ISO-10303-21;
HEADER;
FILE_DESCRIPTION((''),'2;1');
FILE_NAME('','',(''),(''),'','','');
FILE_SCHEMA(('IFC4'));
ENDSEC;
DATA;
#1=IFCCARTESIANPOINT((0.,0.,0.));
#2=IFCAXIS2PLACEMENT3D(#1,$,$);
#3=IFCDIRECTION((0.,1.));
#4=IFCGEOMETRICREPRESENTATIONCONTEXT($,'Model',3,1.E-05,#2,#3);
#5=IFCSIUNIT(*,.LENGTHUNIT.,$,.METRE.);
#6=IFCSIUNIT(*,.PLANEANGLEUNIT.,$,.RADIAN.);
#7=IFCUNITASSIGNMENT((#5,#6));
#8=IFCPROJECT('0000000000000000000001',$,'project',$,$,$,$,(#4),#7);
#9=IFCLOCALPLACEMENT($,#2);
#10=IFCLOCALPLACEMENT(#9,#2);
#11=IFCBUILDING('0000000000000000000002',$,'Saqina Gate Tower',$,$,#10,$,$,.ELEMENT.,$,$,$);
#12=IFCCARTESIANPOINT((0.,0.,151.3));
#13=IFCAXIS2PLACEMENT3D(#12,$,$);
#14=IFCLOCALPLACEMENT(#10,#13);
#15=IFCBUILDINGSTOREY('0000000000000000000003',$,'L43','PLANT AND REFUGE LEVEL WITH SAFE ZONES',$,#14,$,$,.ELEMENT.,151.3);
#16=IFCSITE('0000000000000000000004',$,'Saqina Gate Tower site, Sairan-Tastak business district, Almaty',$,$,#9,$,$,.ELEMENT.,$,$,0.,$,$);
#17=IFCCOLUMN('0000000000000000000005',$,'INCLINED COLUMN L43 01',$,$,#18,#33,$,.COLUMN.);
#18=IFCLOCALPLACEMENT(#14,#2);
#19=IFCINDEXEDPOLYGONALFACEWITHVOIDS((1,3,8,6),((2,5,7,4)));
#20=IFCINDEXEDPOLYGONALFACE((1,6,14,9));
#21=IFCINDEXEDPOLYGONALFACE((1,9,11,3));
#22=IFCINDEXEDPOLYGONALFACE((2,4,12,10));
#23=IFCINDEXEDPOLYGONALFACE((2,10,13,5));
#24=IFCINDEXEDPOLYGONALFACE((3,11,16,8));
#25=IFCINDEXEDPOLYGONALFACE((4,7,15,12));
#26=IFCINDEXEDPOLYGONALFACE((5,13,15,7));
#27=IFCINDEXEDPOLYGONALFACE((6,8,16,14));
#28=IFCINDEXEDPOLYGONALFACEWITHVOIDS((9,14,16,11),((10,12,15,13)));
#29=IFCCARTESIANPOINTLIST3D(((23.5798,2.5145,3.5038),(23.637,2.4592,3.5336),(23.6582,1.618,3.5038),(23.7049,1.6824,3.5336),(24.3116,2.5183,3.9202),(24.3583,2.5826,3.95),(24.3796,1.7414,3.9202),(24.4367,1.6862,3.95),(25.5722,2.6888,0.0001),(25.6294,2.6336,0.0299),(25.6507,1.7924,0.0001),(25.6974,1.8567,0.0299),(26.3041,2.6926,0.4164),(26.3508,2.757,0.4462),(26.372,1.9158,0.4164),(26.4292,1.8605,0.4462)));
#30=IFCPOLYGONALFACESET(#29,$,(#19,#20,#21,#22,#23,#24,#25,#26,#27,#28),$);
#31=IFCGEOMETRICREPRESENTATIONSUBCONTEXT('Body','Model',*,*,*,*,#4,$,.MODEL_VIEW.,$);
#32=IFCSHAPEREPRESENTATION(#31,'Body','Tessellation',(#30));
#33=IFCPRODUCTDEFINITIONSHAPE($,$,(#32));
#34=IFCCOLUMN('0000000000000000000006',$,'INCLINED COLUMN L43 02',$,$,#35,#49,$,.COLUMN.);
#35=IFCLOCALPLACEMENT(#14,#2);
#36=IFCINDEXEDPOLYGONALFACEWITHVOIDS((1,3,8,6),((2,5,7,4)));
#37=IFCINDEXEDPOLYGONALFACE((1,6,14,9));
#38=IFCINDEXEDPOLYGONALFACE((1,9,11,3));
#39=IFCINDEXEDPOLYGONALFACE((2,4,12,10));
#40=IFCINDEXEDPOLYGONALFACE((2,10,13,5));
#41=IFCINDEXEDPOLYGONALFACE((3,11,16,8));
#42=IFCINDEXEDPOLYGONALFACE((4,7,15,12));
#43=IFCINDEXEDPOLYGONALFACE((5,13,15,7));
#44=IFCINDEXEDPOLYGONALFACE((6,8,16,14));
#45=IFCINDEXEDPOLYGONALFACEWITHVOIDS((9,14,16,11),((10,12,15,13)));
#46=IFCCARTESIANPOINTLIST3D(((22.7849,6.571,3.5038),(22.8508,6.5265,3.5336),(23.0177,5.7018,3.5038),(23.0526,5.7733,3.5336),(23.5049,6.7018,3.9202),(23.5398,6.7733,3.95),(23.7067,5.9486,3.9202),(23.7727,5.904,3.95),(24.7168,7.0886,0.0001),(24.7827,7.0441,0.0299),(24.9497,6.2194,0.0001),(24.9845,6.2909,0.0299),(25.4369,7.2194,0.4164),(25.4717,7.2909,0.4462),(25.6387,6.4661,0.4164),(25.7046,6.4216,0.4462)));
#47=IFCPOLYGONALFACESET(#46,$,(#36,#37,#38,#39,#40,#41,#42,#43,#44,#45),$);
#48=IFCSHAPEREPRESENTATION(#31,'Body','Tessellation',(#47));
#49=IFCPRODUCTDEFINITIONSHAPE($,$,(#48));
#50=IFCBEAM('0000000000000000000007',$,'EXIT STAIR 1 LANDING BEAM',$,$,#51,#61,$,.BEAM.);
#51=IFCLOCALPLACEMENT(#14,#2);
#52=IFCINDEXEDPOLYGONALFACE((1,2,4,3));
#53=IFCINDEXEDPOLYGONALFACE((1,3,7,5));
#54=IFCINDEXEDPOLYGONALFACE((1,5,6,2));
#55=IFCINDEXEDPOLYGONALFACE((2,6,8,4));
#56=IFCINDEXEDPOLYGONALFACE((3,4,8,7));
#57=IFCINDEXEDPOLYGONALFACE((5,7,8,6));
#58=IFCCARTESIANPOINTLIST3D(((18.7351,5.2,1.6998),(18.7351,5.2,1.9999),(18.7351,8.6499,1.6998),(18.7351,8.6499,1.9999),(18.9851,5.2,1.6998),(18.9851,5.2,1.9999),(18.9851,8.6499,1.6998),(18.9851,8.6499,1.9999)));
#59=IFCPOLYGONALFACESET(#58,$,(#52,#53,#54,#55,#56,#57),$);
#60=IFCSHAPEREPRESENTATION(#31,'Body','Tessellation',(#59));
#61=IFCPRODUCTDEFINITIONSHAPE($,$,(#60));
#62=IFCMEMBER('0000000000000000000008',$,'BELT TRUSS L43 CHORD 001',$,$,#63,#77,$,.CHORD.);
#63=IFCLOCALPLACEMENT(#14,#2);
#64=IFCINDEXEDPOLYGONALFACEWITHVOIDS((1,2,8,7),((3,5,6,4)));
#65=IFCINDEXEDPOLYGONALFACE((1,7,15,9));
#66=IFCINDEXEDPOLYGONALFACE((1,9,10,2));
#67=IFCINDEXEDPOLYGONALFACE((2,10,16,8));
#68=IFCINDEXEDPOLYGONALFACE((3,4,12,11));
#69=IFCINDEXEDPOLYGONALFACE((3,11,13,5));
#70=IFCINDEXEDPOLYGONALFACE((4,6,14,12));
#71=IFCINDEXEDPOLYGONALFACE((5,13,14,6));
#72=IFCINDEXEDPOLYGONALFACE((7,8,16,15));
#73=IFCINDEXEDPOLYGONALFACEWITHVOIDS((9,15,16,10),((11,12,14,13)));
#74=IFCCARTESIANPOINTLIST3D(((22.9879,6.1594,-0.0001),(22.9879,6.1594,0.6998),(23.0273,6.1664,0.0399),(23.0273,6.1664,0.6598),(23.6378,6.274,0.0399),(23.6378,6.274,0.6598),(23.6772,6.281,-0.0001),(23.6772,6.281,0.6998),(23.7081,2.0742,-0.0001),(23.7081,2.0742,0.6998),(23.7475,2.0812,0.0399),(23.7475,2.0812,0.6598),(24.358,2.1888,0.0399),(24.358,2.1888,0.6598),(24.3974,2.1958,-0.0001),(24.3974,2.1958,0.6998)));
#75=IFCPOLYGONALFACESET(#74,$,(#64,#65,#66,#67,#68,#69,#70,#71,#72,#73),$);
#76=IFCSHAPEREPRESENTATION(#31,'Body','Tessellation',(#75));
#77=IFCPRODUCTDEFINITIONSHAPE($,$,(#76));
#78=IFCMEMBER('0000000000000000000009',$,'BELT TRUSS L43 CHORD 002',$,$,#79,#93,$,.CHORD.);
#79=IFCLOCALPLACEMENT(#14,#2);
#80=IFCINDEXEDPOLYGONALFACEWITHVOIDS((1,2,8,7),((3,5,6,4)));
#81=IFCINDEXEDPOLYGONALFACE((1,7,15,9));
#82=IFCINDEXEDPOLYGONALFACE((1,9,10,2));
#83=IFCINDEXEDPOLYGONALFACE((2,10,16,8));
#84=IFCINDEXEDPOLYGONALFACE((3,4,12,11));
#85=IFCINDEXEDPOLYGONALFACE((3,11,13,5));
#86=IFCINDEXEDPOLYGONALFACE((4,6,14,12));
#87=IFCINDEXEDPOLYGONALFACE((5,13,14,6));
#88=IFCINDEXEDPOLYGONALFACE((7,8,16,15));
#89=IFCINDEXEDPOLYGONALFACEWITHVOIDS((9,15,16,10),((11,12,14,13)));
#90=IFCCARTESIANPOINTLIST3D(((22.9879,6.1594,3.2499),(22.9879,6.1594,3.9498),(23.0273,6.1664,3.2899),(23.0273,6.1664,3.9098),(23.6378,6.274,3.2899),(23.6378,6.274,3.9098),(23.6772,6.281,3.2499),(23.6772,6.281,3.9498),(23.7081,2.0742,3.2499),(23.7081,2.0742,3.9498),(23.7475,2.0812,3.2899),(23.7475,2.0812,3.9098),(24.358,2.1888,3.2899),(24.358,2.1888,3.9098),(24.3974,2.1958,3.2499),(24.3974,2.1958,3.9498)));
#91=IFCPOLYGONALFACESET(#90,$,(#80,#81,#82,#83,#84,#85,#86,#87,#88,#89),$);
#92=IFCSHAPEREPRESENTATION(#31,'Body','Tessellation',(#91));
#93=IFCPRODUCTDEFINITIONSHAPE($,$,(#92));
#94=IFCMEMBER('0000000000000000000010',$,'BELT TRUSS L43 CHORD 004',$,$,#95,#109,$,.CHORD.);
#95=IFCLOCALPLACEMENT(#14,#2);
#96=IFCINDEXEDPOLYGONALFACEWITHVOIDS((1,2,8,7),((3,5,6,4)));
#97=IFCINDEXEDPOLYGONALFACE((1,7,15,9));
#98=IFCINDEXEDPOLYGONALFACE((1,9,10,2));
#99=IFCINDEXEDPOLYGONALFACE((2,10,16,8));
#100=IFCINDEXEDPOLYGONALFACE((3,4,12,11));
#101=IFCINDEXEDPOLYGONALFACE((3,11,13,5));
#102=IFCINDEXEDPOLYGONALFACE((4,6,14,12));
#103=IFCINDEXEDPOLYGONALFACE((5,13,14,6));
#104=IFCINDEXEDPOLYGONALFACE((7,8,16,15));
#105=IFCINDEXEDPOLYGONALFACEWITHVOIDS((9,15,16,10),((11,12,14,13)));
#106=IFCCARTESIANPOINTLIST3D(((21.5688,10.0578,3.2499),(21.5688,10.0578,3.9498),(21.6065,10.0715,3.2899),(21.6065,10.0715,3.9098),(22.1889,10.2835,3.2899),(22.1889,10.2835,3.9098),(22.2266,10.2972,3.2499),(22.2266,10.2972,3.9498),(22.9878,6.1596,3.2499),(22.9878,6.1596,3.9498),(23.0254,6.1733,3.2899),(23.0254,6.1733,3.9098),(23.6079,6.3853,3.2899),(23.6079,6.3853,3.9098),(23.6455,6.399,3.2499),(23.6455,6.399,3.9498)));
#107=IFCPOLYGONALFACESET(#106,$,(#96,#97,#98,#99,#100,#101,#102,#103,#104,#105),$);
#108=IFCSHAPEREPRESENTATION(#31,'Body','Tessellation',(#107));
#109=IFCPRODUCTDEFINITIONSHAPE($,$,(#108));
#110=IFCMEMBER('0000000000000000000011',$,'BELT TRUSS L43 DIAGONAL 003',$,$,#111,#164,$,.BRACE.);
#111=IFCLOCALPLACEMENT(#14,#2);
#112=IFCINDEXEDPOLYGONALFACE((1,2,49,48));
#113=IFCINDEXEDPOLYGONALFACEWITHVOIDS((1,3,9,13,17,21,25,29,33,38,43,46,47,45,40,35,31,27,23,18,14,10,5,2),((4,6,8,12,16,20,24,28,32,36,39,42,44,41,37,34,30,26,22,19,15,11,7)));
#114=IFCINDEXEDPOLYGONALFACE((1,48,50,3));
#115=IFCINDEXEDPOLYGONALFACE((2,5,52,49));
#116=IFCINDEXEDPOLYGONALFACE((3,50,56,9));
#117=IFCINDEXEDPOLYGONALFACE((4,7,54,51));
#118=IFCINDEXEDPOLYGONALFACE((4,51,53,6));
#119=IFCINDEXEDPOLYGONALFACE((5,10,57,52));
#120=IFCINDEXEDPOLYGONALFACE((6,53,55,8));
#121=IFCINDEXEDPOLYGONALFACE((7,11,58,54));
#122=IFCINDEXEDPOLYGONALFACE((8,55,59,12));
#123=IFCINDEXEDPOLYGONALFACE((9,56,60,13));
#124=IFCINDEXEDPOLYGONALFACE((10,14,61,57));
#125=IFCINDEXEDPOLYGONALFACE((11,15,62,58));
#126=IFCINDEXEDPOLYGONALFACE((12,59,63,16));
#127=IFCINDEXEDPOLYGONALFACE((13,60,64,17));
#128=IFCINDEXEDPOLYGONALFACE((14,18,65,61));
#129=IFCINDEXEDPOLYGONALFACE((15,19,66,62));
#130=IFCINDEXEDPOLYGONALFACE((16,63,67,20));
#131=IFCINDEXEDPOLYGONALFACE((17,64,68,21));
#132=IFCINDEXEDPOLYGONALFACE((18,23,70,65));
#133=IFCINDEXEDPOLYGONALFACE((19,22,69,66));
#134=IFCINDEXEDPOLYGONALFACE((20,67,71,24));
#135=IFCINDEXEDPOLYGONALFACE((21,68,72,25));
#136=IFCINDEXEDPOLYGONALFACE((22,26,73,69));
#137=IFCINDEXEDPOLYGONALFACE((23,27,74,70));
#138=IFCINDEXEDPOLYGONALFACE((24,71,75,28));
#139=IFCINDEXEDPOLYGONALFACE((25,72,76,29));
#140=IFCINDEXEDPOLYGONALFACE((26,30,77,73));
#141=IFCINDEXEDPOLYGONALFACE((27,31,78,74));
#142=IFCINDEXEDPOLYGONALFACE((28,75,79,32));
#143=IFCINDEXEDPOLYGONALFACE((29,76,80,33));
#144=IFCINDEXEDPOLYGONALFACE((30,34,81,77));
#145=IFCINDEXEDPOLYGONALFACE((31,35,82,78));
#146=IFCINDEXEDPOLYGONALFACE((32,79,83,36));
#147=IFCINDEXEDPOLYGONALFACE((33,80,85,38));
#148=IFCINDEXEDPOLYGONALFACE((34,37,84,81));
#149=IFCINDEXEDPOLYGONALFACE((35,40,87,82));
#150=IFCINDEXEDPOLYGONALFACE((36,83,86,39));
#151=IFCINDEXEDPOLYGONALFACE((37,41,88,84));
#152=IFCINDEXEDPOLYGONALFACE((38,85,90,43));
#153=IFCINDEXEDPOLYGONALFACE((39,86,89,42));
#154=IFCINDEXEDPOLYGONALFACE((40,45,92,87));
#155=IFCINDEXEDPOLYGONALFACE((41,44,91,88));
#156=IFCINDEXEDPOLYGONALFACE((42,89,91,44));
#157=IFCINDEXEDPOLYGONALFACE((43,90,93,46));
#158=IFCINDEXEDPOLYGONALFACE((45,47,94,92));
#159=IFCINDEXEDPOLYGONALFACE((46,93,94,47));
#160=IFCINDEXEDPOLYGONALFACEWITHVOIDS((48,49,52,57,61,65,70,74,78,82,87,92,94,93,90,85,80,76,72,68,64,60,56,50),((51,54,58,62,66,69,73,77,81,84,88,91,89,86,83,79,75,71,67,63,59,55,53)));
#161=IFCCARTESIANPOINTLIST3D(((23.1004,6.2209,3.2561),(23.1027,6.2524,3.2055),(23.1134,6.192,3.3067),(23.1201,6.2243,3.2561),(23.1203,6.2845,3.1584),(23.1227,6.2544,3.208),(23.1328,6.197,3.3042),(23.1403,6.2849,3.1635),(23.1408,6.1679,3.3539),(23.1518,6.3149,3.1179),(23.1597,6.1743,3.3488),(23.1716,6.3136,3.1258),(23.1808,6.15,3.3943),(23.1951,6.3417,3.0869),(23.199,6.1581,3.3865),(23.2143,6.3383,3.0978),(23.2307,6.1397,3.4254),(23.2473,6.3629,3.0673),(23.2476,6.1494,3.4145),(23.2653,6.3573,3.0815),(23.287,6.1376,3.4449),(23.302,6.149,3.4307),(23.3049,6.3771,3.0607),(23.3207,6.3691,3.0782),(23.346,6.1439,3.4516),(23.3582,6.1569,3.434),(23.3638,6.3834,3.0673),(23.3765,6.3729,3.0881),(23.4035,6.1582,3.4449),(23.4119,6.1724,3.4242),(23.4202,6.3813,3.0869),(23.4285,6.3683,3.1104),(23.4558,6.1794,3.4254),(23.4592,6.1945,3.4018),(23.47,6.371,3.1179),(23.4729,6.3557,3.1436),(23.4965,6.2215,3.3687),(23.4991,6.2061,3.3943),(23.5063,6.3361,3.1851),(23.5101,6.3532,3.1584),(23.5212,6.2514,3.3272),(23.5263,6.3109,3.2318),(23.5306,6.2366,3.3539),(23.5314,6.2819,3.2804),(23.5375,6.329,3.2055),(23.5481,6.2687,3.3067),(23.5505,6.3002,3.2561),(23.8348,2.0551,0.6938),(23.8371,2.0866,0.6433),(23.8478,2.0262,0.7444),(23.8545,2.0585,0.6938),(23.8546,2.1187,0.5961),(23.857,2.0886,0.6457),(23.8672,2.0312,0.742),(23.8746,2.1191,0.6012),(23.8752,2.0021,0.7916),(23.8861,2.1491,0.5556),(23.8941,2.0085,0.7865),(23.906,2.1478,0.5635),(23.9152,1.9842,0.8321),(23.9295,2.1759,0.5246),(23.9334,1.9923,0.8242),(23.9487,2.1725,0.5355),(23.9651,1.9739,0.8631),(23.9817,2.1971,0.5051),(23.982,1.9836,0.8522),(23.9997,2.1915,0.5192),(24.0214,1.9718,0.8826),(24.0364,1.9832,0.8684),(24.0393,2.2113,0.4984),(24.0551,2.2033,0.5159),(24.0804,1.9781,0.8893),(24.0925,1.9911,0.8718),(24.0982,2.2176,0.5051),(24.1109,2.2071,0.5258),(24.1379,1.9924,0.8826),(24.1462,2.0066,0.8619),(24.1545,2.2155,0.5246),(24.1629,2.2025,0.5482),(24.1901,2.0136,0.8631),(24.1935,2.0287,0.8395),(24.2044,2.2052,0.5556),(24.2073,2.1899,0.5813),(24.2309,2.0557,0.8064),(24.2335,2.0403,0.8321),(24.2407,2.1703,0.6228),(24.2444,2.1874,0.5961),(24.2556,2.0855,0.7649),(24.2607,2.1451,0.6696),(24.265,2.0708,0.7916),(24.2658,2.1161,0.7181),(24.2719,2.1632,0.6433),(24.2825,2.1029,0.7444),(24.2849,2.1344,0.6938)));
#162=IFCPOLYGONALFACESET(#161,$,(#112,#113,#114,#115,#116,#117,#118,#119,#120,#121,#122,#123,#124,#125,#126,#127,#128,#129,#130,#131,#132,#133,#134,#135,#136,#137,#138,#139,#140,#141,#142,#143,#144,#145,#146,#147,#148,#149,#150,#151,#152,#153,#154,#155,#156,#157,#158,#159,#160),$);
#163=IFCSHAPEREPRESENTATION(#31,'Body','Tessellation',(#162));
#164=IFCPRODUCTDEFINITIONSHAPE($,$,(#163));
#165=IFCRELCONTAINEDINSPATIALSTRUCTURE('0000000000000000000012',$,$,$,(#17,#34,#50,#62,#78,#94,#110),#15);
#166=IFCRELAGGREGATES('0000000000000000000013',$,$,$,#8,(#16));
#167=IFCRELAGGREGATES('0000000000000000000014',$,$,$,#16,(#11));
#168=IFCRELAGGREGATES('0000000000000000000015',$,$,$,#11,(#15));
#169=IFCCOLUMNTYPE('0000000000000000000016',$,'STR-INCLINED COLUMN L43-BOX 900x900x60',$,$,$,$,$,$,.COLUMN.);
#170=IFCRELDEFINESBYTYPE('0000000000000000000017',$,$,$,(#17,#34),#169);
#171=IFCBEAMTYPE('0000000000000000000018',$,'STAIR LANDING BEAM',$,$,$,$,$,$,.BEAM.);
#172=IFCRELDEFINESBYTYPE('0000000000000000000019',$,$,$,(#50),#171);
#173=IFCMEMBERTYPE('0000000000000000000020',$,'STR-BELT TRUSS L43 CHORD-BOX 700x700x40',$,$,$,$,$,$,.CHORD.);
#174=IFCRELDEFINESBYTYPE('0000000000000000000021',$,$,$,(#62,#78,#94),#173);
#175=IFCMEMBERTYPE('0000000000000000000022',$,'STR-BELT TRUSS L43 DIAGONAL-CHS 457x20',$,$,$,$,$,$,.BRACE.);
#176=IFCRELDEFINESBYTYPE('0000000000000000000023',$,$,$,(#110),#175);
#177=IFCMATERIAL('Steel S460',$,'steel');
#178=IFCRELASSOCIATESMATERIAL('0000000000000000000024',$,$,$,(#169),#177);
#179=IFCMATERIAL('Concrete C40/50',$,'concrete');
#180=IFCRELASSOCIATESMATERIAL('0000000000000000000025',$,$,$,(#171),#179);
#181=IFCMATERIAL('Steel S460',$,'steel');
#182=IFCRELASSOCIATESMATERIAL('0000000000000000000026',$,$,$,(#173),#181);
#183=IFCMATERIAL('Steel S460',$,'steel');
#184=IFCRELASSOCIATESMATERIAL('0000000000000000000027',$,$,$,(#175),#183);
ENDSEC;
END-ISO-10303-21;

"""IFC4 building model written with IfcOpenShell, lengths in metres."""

from ifc_helpers import new_model, si_unit, direction, frame, origin, origin_2d, place, context, subcontext, project, spatial, rectangle, hollow_rectangle, hollow_circle, extrude, material, material_profile, profile_set, type_object, element, save


model = new_model("IFC4")

# Units and contexts
model_context = context("Model", 3, precision=1e-05, world=origin(), true_north=direction((0.0, 1.0)))
body_context = subcontext(model_context, "Body", "Model", "MODEL_VIEW")
ifc_project = project(units=[si_unit("LENGTHUNIT", "METRE"), si_unit("PLANEANGLEUNIT", "RADIAN")], contexts=[model_context])

# Site, building, storey
site_placement = place(None, origin())
site = spatial("IfcSite", under=ifc_project, at=site_placement, Name="Saqina Gate Tower site, Sairan-Tastak business district, Almaty", CompositionType="ELEMENT", RefElevation=0.0)
building_placement = place(site_placement, origin())
building = spatial("IfcBuilding", under=site, at=building_placement, Name="Saqina Gate Tower", CompositionType="ELEMENT")
storey_placement = place(building_placement, frame((0.0, 0.0, 151.3)))
storey = spatial("IfcBuildingStorey", under=building, at=storey_placement, Name="L43", Description="PLANT AND REFUGE LEVEL WITH SAFE ZONES", CompositionType="ELEMENT", Elevation=151.3)

# Columns
ifc_material_1 = material(Name="Steel S460", Category="steel")
ifc_material_profile_1 = material_profile(ifc_material_1, hollow_rectangle(XDim=0.8999, YDim=0.8999, WallThickness=0.0601, at=origin_2d()), Name="BOX 900x900x60")
ifc_profile_set_1 = profile_set([ifc_material_profile_1], Name="Steel S460")
column_type = type_object("IfcColumnType", Name="STR-INCLINED COLUMN L43-BOX 900x900x60", PredefinedType="COLUMN", material=ifc_profile_set_1)
for number, where, z_axis, x_axis, name in (
    (1, (26.0007, 2.2747, 0.2231), (-0.493869, -0.043208, 0.868462), (0.087156, -0.996195, 0.0), "INCLINED COLUMN L43 01"),
    (2, (25.2107, 6.7551, 0.2231), (-0.478863, -0.128294, 0.868465), (0.258787, -0.965934, 0.0), "INCLINED COLUMN L43 02"),
):
    element("IfcColumn", number, at=place(storey_placement, frame(where, z_axis=z_axis, x_axis=x_axis)), inside=storey, type_object=column_type, Name=name, PredefinedType="COLUMN", context=body_context, shape_type="SweptSolid", body=[
        extrude(hollow_rectangle(XDim=0.8999, YDim=0.8999, WallThickness=0.0601, at=origin_2d()), origin(), (0.0, 0.0, 1.0), 4.0344),
    ])

# Beam
ifc_material_2 = material(Name="Concrete C40/50", Category="concrete")
ifc_material_profile_2 = material_profile(ifc_material_2, rectangle(XDim=0.25, YDim=0.3, at=origin_2d()), Name="STAIR LANDING BEAM")
ifc_profile_set_2 = profile_set([ifc_material_profile_2], Name="Concrete C40/50")
beam_type_1 = type_object("IfcBeamType", Name="STAIR LANDING BEAM", PredefinedType="BEAM", material=ifc_profile_set_2)
beam_placement = place(storey_placement, frame((18.8601, 5.2, 1.8499), z_axis=(0.0, 1.0, 0.0), x_axis=(-1.0, 0.0, 0.0)))
element("IfcBeam", 3, at=beam_placement, inside=storey, type_object=beam_type_1, Name="EXIT STAIR 1 LANDING BEAM", PredefinedType="BEAM", context=body_context, shape_type="SweptSolid", body=[
    extrude(rectangle(XDim=0.25, YDim=0.3, at=origin_2d()), origin(), (0.0, 0.0, 1.0), 3.45),
])

# Members
ifc_material_3 = material(Name="Steel S460", Category="steel")
ifc_material_profile_3 = material_profile(ifc_material_3, hollow_rectangle(XDim=0.7, YDim=0.7, WallThickness=0.04, at=origin_2d()), Name="BOX 700x700x40")
ifc_profile_set_3 = profile_set([ifc_material_profile_3], Name="Steel S460")
member_type_1 = type_object("IfcMemberType", Name="STR-BELT TRUSS L43 CHORD-BOX 700x700x40", PredefinedType="CHORD", material=ifc_profile_set_3)
for number, where, z_axis, x_axis, name in (
    (4, (24.0527, 2.135, 0.3499), (-0.173621, 0.984813, 0.0), (-0.984813, -0.173621, 0.0), "BELT TRUSS L43 CHORD 001"),
    (5, (24.0527, 2.135, 3.5999), (-0.173621, 0.984813, 0.0), (-0.984813, -0.173621, 0.0), "BELT TRUSS L43 CHORD 002"),
):
    element("IfcMember", number, at=place(storey_placement, frame(where, z_axis=z_axis, x_axis=x_axis)), inside=storey, type_object=member_type_1, Name=name, PredefinedType="CHORD", context=body_context, shape_type="SweptSolid", body=[
        extrude(hollow_rectangle(XDim=0.7, YDim=0.7, WallThickness=0.04, at=origin_2d()), origin(), (0.0, 0.0, 1.0), 4.1482),
    ])
member_1_placement = place(storey_placement, frame((23.3167, 6.2793, 3.5999), z_axis=(-0.342045, 0.939683, 0.0), x_axis=(-0.939683, -0.342045, 0.0)))
element("IfcMember", 6, at=member_1_placement, inside=storey, type_object=member_type_1, Name="BELT TRUSS L43 CHORD 004", PredefinedType="CHORD", context=body_context, shape_type="SweptSolid", body=[
    extrude(hollow_rectangle(XDim=0.7, YDim=0.7, WallThickness=0.04, at=origin_2d()), origin(), (0.0, 0.0, 1.0), 4.1484),
])
ifc_material_4 = material(Name="Steel S460", Category="steel")
ifc_material_profile_4 = material_profile(ifc_material_4, hollow_circle(Radius=0.2285, WallThickness=0.02, at=origin_2d()), Name="CHS 457x20")
ifc_profile_set_4 = profile_set([ifc_material_profile_4], Name="Steel S460")
member_type_2 = type_object("IfcMemberType", Name="STR-BELT TRUSS L43 DIAGONAL-CHS 457x20", PredefinedType="BRACE", material=ifc_profile_set_4)
member_2_placement = place(storey_placement, frame((24.0598, 2.0947, 0.6938), z_axis=(-0.148493, 0.842333, 0.518097), x_axis=(-0.984814, -0.173611, 0.0)))
element("IfcMember", 7, at=member_2_placement, inside=storey, type_object=member_type_2, Name="BELT TRUSS L43 DIAGONAL 003", PredefinedType="BRACE", context=body_context, shape_type="SweptSolid", body=[
    extrude(hollow_circle(Radius=0.2285, WallThickness=0.02, at=origin_2d()), origin(), (0.0, 0.0, 1.0), 4.9456),
])

save(model, "model.ifc")
